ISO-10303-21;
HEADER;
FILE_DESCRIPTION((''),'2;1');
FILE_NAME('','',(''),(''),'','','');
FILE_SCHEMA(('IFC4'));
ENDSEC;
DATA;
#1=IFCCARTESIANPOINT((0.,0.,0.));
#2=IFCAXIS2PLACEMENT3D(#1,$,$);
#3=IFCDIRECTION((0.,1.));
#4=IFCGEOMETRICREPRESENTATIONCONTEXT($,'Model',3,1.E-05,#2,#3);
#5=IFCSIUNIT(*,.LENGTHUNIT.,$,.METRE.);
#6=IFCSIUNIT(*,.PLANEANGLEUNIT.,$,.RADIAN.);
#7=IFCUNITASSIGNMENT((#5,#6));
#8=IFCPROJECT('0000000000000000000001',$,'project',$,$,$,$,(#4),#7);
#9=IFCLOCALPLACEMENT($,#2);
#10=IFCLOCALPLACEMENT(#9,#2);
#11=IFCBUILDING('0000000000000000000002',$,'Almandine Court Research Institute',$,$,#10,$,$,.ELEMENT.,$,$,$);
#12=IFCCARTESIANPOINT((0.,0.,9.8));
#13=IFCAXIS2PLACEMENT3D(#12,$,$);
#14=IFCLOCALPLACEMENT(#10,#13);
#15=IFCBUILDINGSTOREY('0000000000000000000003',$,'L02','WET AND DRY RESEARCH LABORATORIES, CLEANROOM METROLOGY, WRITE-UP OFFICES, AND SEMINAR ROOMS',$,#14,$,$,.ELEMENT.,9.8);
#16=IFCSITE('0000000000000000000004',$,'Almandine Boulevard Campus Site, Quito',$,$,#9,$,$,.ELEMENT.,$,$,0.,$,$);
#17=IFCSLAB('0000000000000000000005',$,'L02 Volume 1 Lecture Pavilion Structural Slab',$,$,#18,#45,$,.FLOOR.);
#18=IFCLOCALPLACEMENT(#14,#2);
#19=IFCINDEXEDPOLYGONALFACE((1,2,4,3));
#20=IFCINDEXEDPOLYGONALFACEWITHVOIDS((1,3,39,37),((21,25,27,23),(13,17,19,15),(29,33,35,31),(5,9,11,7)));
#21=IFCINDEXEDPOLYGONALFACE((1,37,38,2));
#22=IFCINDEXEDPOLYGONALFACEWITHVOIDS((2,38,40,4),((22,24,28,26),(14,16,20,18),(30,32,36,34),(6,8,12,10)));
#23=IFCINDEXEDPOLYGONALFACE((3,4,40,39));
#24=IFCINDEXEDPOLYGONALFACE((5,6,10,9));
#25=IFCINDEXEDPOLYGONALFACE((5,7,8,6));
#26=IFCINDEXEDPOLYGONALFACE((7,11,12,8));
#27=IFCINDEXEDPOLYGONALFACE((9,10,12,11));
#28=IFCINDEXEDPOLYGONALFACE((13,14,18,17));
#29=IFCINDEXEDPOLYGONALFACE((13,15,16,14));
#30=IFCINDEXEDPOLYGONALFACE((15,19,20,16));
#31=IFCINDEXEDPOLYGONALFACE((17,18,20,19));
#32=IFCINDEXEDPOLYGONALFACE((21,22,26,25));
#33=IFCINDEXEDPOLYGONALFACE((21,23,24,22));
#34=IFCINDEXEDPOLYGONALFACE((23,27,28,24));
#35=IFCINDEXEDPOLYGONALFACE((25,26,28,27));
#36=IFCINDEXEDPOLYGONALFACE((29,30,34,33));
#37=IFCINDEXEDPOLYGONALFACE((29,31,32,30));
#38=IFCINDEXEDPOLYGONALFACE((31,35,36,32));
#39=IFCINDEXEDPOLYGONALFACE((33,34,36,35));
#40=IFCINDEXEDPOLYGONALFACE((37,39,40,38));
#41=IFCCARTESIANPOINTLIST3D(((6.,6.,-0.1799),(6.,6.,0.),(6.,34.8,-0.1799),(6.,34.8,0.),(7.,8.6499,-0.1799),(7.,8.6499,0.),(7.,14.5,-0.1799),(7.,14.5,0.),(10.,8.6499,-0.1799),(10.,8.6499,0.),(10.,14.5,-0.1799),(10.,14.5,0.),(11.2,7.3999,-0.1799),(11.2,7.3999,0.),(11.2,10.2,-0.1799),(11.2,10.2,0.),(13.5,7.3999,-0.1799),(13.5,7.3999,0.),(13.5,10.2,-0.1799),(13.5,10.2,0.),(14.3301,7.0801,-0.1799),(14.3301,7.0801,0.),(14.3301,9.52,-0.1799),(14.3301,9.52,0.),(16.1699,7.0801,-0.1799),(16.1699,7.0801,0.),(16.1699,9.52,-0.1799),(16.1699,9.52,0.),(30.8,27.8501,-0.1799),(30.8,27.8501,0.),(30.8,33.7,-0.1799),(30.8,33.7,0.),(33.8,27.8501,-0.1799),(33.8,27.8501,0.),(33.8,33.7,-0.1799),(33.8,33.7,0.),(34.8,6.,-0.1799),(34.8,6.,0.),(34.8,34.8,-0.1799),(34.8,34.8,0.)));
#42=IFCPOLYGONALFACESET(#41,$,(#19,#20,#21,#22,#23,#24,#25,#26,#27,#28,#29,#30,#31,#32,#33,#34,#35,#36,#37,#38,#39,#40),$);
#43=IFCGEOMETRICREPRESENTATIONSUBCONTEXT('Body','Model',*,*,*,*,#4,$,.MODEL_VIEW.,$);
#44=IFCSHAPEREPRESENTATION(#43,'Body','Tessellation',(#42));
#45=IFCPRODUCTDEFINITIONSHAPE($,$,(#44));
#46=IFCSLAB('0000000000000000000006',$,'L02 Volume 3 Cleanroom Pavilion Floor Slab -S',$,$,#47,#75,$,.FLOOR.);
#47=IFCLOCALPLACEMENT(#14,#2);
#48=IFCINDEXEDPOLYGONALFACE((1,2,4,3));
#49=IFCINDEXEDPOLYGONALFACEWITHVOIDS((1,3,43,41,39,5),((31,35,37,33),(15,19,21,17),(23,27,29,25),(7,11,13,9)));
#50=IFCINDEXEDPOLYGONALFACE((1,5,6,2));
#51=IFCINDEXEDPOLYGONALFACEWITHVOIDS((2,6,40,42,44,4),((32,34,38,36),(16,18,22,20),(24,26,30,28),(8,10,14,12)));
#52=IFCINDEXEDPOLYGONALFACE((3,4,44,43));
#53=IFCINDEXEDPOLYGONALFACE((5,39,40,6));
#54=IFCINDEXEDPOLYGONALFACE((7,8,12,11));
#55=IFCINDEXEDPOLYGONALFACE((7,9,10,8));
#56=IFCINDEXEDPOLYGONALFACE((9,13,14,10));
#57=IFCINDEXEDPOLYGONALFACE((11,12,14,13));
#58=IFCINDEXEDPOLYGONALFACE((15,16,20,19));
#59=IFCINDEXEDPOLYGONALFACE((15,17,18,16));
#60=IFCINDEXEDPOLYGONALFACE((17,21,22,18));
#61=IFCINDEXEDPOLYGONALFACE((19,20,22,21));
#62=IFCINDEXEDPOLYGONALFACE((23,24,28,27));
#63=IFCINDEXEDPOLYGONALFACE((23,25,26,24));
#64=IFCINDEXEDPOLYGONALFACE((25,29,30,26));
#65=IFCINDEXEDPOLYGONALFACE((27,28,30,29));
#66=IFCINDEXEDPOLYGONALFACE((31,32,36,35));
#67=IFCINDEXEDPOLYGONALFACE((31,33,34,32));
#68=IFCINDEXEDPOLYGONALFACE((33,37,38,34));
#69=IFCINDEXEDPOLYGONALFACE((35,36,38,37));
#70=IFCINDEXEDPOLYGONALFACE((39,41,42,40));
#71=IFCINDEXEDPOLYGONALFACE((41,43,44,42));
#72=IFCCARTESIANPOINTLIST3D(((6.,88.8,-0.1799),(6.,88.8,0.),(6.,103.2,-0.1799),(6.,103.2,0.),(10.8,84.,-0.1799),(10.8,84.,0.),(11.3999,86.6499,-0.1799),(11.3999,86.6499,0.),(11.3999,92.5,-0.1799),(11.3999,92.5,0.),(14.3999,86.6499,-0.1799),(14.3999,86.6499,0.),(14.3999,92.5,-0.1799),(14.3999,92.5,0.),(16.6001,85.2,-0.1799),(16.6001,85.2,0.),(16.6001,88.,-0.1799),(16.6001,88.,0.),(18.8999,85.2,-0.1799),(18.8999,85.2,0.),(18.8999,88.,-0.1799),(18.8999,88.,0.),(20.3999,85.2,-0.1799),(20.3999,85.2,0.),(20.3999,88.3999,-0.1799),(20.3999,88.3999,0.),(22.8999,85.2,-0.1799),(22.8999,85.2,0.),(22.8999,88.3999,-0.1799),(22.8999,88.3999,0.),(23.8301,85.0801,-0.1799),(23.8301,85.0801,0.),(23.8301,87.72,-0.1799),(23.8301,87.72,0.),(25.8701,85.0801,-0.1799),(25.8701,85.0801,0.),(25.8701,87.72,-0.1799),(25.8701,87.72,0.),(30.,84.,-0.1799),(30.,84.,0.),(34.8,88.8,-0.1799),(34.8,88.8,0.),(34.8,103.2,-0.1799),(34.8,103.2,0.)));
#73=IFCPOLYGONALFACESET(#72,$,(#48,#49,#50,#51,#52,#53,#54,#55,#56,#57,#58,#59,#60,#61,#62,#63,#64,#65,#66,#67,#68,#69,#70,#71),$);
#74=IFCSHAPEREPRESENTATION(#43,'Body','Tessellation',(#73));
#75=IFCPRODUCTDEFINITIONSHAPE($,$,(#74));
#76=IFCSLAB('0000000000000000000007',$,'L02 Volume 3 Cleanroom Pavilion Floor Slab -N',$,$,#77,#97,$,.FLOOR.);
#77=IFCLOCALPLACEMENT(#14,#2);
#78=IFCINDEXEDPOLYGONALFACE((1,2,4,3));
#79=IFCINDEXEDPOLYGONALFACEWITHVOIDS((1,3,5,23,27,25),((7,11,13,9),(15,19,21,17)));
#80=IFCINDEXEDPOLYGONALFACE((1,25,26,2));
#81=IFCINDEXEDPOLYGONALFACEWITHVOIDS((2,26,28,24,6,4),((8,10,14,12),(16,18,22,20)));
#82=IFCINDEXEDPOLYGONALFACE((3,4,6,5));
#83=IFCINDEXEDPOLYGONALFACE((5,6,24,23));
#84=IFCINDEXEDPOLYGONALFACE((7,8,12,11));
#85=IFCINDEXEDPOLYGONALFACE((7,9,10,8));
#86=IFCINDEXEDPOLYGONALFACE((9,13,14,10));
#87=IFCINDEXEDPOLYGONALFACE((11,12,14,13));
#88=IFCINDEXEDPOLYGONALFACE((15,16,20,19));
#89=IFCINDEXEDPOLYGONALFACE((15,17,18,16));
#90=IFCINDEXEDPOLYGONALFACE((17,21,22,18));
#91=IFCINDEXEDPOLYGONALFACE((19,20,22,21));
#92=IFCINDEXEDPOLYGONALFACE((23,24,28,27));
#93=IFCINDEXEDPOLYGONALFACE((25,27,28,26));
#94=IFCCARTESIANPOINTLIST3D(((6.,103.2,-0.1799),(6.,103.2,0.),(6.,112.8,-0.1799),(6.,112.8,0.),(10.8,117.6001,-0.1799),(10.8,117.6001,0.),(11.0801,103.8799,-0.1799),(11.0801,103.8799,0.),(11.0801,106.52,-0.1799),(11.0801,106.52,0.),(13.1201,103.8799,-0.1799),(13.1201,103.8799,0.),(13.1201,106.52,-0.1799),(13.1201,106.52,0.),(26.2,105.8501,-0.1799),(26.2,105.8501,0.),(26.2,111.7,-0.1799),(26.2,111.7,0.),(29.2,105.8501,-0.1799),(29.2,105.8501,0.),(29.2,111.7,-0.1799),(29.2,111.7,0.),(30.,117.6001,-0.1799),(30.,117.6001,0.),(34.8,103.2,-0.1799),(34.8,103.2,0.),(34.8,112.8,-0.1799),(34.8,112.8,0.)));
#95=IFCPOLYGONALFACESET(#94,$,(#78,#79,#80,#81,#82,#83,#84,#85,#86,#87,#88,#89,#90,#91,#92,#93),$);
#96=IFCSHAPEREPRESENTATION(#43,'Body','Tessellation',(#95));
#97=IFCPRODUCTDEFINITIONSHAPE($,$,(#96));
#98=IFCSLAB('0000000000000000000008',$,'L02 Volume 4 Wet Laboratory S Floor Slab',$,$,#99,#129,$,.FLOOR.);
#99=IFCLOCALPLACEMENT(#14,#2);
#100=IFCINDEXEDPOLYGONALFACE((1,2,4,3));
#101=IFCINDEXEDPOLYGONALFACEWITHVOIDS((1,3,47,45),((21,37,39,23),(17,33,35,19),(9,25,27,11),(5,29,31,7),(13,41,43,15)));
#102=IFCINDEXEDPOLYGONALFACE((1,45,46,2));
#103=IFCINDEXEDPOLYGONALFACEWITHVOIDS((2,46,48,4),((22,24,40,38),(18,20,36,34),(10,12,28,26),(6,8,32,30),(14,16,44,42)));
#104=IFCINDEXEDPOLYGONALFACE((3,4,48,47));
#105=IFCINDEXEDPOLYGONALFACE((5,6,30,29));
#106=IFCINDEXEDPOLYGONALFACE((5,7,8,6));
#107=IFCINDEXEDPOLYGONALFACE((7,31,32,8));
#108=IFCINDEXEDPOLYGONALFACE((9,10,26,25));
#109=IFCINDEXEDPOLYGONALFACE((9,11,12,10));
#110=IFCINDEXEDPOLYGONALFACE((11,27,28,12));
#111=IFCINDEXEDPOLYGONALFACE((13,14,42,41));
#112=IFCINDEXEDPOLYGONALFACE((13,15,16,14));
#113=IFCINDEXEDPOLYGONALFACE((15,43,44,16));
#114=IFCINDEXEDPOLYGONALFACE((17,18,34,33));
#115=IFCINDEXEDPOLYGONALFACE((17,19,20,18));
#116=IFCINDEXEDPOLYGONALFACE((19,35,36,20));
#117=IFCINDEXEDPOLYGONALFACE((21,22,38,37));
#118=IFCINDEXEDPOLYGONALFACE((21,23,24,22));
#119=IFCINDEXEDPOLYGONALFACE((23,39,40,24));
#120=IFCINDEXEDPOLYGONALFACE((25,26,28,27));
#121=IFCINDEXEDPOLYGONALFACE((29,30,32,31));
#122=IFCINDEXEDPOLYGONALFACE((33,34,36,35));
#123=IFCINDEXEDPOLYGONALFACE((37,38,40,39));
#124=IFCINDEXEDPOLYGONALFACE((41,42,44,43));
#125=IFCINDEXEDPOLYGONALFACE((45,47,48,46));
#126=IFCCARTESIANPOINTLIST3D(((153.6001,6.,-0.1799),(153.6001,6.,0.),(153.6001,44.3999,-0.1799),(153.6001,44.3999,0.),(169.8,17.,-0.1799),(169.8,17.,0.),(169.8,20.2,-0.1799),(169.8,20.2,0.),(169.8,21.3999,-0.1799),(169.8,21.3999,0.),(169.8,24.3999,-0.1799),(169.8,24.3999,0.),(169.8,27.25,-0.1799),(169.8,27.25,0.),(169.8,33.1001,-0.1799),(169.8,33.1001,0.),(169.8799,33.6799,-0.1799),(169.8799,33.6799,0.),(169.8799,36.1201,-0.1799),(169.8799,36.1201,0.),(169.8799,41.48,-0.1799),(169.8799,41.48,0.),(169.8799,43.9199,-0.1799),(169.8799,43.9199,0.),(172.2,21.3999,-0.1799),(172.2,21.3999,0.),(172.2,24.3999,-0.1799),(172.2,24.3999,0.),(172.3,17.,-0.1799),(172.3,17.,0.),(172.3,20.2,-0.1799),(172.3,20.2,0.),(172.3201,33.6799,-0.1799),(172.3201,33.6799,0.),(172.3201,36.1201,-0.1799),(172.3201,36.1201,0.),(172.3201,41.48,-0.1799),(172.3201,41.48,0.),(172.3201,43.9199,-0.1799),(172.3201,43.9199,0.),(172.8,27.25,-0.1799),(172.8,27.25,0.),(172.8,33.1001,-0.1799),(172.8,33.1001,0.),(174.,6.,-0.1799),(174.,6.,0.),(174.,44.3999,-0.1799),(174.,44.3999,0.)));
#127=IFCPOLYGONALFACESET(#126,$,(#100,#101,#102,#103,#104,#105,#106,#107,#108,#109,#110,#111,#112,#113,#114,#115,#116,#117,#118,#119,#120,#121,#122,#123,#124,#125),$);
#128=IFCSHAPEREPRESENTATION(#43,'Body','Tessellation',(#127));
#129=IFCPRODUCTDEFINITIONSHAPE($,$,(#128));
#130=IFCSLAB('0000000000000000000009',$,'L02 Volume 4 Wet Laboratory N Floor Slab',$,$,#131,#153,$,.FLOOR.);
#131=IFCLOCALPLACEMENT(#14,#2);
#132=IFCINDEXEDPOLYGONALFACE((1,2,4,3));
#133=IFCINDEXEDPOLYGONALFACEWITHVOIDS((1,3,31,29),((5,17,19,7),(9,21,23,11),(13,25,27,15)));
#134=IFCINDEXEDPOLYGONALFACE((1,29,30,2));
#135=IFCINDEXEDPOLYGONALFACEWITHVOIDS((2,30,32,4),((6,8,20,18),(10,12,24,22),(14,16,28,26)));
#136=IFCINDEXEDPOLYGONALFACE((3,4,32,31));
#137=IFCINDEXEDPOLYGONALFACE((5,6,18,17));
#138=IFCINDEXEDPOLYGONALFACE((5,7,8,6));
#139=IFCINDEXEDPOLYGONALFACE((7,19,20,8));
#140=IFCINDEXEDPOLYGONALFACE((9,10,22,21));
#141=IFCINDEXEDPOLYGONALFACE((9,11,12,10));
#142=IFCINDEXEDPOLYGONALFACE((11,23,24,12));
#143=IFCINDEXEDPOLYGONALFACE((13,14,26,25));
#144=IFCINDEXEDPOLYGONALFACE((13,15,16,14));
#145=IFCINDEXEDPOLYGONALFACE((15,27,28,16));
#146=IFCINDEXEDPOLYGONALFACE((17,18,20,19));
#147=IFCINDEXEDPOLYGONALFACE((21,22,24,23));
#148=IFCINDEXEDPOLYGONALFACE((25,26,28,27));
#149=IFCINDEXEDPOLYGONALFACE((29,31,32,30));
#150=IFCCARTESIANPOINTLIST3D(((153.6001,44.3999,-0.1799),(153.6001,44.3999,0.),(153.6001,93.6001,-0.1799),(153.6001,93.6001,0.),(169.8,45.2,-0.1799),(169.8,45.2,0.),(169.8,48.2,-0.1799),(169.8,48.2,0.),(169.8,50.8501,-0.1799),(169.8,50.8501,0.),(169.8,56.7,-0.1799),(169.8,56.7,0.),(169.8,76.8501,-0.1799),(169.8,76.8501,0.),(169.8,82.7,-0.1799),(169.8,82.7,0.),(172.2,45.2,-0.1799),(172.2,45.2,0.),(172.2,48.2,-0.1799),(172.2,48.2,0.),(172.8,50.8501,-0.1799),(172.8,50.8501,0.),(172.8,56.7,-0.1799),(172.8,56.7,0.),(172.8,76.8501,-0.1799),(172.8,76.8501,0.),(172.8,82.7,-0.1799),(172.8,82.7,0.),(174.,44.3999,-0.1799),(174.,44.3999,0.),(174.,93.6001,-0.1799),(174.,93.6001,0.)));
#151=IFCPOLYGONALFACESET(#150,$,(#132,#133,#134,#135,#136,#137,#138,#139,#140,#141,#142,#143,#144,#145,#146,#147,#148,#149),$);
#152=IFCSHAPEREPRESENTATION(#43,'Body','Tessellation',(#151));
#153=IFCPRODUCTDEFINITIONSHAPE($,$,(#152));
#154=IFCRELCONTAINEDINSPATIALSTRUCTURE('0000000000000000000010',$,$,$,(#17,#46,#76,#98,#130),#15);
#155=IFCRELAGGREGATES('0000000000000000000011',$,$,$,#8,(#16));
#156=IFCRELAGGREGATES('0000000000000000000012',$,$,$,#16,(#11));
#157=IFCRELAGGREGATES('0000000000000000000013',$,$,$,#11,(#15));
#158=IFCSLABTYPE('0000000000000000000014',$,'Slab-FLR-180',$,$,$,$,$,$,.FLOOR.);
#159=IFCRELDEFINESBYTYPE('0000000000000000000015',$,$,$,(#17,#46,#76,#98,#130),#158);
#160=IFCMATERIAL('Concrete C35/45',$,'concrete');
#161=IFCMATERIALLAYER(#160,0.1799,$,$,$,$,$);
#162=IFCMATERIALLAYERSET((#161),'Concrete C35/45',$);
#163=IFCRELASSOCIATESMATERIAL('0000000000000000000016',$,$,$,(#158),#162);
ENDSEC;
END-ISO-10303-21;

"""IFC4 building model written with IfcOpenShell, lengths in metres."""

from ifc_helpers import new_model, si_unit, direction, frame, origin, place, context, subcontext, project, spatial, polyline, outline, extrude, material, layer, layer_set, type_object, element, save


model = new_model("IFC4")

# Units and contexts
model_context = context("Model", 3, precision=1e-05, world=origin(), true_north=direction((0.0, 1.0)))
body_context = subcontext(model_context, "Body", "Model", "MODEL_VIEW")
ifc_project = project(units=[si_unit("LENGTHUNIT", "METRE"), si_unit("PLANEANGLEUNIT", "RADIAN")], contexts=[model_context])

# Site, building, storey
site_placement = place(None, origin())
site = spatial("IfcSite", under=ifc_project, at=site_placement, Name="Almandine Boulevard Campus Site, Quito", CompositionType="ELEMENT", RefElevation=0.0)
building_placement = place(site_placement, origin())
building = spatial("IfcBuilding", under=site, at=building_placement, Name="Almandine Court Research Institute", CompositionType="ELEMENT")
storey_placement = place(building_placement, frame((0.0, 0.0, 9.8)))
storey = spatial("IfcBuildingStorey", under=building, at=storey_placement, Name="L02", Description="WET AND DRY RESEARCH LABORATORIES, CLEANROOM METROLOGY, WRITE-UP OFFICES, AND SEMINAR ROOMS", CompositionType="ELEMENT", Elevation=9.8)

# Slabs
ifc_material_1 = material(Name="Concrete C35/45", Category="concrete")
ifc_layer_1 = layer(ifc_material_1, 0.1799)
ifc_layer_set_1 = layer_set([ifc_layer_1], Name="Concrete C35/45")
slab_type_1 = type_object("IfcSlabType", Name="Slab-FLR-180", PredefinedType="FLOOR", material=ifc_layer_set_1)
slab_1_placement = place(storey_placement, frame((0.0, 0.0, -0.1799)))
element("IfcSlab", 1, at=slab_1_placement, inside=storey, type_object=slab_type_1, Name="L02 Volume 1 Lecture Pavilion Structural Slab", PredefinedType="FLOOR", context=body_context, shape_type="SweptSolid", body=[
    extrude(outline(polyline([(6.0, 6.0), (34.8, 6.0), (34.8, 34.8), (6.0, 34.8), (6.0, 6.0)]), holes=[polyline([(10.0, 8.6499), (10.0, 14.5), (7.0, 14.5), (7.0, 8.6499), (10.0, 8.6499)]), polyline([(33.8, 27.8501), (33.8, 33.7), (30.8, 33.7), (30.8, 27.8501), (33.8, 27.8501)]), polyline([(11.2, 7.3999), (13.5, 7.3999), (13.5, 10.2), (11.2, 10.2), (11.2, 7.3999)]), polyline([(14.3301, 7.0801), (16.1699, 7.0801), (16.1699, 9.52), (14.3301, 9.52), (14.3301, 7.0801)])]), origin(), (0.0, 0.0, 1.0), 0.1799),
])
slab_2_placement = place(storey_placement, frame((0.0, 0.0, -0.1799)))
element("IfcSlab", 2, at=slab_2_placement, inside=storey, type_object=slab_type_1, Name="L02 Volume 3 Cleanroom Pavilion Floor Slab -S", PredefinedType="FLOOR", context=body_context, shape_type="SweptSolid", body=[
    extrude(outline(polyline([(10.8, 84.0), (30.0, 84.0), (34.8, 88.8), (34.8, 103.2), (6.0, 103.2), (6.0, 88.8), (10.8, 84.0)]), holes=[polyline([(14.3999, 86.6499), (14.3999, 92.5), (11.3999, 92.5), (11.3999, 86.6499), (14.3999, 86.6499)]), polyline([(16.6001, 85.2), (18.8999, 85.2), (18.8999, 88.0), (16.6001, 88.0), (16.6001, 85.2)]), polyline([(20.3999, 85.2), (22.8999, 85.2), (22.8999, 88.3999), (20.3999, 88.3999), (20.3999, 85.2)]), polyline([(23.8301, 85.0801), (25.8701, 85.0801), (25.8701, 87.72), (23.8301, 87.72), (23.8301, 85.0801)])]), origin(), (0.0, 0.0, 1.0), 0.1799),
])
slab_3_placement = place(storey_placement, frame((0.0, 0.0, -0.1799)))
element("IfcSlab", 3, at=slab_3_placement, inside=storey, type_object=slab_type_1, Name="L02 Volume 3 Cleanroom Pavilion Floor Slab -N", PredefinedType="FLOOR", context=body_context, shape_type="SweptSolid", body=[
    extrude(outline(polyline([(6.0, 103.2), (34.8, 103.2), (34.8, 112.8), (30.0, 117.6001), (10.8, 117.6001), (6.0, 112.8), (6.0, 103.2)]), holes=[polyline([(29.2, 105.8501), (29.2, 111.7), (26.2, 111.7), (26.2, 105.8501), (29.2, 105.8501)]), polyline([(11.0801, 103.8799), (13.1201, 103.8799), (13.1201, 106.52), (11.0801, 106.52), (11.0801, 103.8799)])]), origin(), (0.0, 0.0, 1.0), 0.1799),
])
slab_4_placement = place(storey_placement, frame((0.0, 0.0, -0.1799)))
element("IfcSlab", 4, at=slab_4_placement, inside=storey, type_object=slab_type_1, Name="L02 Volume 4 Wet Laboratory S Floor Slab", PredefinedType="FLOOR", context=body_context, shape_type="SweptSolid", body=[
    extrude(outline(polyline([(153.6001, 6.0), (174.0, 6.0), (174.0, 44.3999), (153.6001, 44.3999), (153.6001, 6.0)]), holes=[polyline([(172.8, 27.25), (172.8, 33.1001), (169.8, 33.1001), (169.8, 27.25), (172.8, 27.25)]), polyline([(169.8, 21.3999), (172.2, 21.3999), (172.2, 24.3999), (169.8, 24.3999), (169.8, 21.3999)]), polyline([(169.8, 17.0), (172.3, 17.0), (172.3, 20.2), (169.8, 20.2), (169.8, 17.0)]), polyline([(169.8799, 33.6799), (172.3201, 33.6799), (172.3201, 36.1201), (169.8799, 36.1201), (169.8799, 33.6799)]), polyline([(169.8799, 41.48), (172.3201, 41.48), (172.3201, 43.9199), (169.8799, 43.9199), (169.8799, 41.48)])]), origin(), (0.0, 0.0, 1.0), 0.1799),
])
slab_5_placement = place(storey_placement, frame((0.0, 0.0, -0.1799)))
element("IfcSlab", 5, at=slab_5_placement, inside=storey, type_object=slab_type_1, Name="L02 Volume 4 Wet Laboratory N Floor Slab", PredefinedType="FLOOR", context=body_context, shape_type="SweptSolid", body=[
    extrude(outline(polyline([(153.6001, 44.3999), (174.0, 44.3999), (174.0, 93.6001), (153.6001, 93.6001), (153.6001, 44.3999)]), holes=[polyline([(172.8, 50.8501), (172.8, 56.7), (169.8, 56.7), (169.8, 50.8501), (172.8, 50.8501)]), polyline([(172.8, 76.8501), (172.8, 82.7), (169.8, 82.7), (169.8, 76.8501), (172.8, 76.8501)]), polyline([(169.8, 45.2), (172.2, 45.2), (172.2, 48.2), (169.8, 48.2), (169.8, 45.2)])]), origin(), (0.0, 0.0, 1.0), 0.1799),
])

save(model, "model.ifc")
